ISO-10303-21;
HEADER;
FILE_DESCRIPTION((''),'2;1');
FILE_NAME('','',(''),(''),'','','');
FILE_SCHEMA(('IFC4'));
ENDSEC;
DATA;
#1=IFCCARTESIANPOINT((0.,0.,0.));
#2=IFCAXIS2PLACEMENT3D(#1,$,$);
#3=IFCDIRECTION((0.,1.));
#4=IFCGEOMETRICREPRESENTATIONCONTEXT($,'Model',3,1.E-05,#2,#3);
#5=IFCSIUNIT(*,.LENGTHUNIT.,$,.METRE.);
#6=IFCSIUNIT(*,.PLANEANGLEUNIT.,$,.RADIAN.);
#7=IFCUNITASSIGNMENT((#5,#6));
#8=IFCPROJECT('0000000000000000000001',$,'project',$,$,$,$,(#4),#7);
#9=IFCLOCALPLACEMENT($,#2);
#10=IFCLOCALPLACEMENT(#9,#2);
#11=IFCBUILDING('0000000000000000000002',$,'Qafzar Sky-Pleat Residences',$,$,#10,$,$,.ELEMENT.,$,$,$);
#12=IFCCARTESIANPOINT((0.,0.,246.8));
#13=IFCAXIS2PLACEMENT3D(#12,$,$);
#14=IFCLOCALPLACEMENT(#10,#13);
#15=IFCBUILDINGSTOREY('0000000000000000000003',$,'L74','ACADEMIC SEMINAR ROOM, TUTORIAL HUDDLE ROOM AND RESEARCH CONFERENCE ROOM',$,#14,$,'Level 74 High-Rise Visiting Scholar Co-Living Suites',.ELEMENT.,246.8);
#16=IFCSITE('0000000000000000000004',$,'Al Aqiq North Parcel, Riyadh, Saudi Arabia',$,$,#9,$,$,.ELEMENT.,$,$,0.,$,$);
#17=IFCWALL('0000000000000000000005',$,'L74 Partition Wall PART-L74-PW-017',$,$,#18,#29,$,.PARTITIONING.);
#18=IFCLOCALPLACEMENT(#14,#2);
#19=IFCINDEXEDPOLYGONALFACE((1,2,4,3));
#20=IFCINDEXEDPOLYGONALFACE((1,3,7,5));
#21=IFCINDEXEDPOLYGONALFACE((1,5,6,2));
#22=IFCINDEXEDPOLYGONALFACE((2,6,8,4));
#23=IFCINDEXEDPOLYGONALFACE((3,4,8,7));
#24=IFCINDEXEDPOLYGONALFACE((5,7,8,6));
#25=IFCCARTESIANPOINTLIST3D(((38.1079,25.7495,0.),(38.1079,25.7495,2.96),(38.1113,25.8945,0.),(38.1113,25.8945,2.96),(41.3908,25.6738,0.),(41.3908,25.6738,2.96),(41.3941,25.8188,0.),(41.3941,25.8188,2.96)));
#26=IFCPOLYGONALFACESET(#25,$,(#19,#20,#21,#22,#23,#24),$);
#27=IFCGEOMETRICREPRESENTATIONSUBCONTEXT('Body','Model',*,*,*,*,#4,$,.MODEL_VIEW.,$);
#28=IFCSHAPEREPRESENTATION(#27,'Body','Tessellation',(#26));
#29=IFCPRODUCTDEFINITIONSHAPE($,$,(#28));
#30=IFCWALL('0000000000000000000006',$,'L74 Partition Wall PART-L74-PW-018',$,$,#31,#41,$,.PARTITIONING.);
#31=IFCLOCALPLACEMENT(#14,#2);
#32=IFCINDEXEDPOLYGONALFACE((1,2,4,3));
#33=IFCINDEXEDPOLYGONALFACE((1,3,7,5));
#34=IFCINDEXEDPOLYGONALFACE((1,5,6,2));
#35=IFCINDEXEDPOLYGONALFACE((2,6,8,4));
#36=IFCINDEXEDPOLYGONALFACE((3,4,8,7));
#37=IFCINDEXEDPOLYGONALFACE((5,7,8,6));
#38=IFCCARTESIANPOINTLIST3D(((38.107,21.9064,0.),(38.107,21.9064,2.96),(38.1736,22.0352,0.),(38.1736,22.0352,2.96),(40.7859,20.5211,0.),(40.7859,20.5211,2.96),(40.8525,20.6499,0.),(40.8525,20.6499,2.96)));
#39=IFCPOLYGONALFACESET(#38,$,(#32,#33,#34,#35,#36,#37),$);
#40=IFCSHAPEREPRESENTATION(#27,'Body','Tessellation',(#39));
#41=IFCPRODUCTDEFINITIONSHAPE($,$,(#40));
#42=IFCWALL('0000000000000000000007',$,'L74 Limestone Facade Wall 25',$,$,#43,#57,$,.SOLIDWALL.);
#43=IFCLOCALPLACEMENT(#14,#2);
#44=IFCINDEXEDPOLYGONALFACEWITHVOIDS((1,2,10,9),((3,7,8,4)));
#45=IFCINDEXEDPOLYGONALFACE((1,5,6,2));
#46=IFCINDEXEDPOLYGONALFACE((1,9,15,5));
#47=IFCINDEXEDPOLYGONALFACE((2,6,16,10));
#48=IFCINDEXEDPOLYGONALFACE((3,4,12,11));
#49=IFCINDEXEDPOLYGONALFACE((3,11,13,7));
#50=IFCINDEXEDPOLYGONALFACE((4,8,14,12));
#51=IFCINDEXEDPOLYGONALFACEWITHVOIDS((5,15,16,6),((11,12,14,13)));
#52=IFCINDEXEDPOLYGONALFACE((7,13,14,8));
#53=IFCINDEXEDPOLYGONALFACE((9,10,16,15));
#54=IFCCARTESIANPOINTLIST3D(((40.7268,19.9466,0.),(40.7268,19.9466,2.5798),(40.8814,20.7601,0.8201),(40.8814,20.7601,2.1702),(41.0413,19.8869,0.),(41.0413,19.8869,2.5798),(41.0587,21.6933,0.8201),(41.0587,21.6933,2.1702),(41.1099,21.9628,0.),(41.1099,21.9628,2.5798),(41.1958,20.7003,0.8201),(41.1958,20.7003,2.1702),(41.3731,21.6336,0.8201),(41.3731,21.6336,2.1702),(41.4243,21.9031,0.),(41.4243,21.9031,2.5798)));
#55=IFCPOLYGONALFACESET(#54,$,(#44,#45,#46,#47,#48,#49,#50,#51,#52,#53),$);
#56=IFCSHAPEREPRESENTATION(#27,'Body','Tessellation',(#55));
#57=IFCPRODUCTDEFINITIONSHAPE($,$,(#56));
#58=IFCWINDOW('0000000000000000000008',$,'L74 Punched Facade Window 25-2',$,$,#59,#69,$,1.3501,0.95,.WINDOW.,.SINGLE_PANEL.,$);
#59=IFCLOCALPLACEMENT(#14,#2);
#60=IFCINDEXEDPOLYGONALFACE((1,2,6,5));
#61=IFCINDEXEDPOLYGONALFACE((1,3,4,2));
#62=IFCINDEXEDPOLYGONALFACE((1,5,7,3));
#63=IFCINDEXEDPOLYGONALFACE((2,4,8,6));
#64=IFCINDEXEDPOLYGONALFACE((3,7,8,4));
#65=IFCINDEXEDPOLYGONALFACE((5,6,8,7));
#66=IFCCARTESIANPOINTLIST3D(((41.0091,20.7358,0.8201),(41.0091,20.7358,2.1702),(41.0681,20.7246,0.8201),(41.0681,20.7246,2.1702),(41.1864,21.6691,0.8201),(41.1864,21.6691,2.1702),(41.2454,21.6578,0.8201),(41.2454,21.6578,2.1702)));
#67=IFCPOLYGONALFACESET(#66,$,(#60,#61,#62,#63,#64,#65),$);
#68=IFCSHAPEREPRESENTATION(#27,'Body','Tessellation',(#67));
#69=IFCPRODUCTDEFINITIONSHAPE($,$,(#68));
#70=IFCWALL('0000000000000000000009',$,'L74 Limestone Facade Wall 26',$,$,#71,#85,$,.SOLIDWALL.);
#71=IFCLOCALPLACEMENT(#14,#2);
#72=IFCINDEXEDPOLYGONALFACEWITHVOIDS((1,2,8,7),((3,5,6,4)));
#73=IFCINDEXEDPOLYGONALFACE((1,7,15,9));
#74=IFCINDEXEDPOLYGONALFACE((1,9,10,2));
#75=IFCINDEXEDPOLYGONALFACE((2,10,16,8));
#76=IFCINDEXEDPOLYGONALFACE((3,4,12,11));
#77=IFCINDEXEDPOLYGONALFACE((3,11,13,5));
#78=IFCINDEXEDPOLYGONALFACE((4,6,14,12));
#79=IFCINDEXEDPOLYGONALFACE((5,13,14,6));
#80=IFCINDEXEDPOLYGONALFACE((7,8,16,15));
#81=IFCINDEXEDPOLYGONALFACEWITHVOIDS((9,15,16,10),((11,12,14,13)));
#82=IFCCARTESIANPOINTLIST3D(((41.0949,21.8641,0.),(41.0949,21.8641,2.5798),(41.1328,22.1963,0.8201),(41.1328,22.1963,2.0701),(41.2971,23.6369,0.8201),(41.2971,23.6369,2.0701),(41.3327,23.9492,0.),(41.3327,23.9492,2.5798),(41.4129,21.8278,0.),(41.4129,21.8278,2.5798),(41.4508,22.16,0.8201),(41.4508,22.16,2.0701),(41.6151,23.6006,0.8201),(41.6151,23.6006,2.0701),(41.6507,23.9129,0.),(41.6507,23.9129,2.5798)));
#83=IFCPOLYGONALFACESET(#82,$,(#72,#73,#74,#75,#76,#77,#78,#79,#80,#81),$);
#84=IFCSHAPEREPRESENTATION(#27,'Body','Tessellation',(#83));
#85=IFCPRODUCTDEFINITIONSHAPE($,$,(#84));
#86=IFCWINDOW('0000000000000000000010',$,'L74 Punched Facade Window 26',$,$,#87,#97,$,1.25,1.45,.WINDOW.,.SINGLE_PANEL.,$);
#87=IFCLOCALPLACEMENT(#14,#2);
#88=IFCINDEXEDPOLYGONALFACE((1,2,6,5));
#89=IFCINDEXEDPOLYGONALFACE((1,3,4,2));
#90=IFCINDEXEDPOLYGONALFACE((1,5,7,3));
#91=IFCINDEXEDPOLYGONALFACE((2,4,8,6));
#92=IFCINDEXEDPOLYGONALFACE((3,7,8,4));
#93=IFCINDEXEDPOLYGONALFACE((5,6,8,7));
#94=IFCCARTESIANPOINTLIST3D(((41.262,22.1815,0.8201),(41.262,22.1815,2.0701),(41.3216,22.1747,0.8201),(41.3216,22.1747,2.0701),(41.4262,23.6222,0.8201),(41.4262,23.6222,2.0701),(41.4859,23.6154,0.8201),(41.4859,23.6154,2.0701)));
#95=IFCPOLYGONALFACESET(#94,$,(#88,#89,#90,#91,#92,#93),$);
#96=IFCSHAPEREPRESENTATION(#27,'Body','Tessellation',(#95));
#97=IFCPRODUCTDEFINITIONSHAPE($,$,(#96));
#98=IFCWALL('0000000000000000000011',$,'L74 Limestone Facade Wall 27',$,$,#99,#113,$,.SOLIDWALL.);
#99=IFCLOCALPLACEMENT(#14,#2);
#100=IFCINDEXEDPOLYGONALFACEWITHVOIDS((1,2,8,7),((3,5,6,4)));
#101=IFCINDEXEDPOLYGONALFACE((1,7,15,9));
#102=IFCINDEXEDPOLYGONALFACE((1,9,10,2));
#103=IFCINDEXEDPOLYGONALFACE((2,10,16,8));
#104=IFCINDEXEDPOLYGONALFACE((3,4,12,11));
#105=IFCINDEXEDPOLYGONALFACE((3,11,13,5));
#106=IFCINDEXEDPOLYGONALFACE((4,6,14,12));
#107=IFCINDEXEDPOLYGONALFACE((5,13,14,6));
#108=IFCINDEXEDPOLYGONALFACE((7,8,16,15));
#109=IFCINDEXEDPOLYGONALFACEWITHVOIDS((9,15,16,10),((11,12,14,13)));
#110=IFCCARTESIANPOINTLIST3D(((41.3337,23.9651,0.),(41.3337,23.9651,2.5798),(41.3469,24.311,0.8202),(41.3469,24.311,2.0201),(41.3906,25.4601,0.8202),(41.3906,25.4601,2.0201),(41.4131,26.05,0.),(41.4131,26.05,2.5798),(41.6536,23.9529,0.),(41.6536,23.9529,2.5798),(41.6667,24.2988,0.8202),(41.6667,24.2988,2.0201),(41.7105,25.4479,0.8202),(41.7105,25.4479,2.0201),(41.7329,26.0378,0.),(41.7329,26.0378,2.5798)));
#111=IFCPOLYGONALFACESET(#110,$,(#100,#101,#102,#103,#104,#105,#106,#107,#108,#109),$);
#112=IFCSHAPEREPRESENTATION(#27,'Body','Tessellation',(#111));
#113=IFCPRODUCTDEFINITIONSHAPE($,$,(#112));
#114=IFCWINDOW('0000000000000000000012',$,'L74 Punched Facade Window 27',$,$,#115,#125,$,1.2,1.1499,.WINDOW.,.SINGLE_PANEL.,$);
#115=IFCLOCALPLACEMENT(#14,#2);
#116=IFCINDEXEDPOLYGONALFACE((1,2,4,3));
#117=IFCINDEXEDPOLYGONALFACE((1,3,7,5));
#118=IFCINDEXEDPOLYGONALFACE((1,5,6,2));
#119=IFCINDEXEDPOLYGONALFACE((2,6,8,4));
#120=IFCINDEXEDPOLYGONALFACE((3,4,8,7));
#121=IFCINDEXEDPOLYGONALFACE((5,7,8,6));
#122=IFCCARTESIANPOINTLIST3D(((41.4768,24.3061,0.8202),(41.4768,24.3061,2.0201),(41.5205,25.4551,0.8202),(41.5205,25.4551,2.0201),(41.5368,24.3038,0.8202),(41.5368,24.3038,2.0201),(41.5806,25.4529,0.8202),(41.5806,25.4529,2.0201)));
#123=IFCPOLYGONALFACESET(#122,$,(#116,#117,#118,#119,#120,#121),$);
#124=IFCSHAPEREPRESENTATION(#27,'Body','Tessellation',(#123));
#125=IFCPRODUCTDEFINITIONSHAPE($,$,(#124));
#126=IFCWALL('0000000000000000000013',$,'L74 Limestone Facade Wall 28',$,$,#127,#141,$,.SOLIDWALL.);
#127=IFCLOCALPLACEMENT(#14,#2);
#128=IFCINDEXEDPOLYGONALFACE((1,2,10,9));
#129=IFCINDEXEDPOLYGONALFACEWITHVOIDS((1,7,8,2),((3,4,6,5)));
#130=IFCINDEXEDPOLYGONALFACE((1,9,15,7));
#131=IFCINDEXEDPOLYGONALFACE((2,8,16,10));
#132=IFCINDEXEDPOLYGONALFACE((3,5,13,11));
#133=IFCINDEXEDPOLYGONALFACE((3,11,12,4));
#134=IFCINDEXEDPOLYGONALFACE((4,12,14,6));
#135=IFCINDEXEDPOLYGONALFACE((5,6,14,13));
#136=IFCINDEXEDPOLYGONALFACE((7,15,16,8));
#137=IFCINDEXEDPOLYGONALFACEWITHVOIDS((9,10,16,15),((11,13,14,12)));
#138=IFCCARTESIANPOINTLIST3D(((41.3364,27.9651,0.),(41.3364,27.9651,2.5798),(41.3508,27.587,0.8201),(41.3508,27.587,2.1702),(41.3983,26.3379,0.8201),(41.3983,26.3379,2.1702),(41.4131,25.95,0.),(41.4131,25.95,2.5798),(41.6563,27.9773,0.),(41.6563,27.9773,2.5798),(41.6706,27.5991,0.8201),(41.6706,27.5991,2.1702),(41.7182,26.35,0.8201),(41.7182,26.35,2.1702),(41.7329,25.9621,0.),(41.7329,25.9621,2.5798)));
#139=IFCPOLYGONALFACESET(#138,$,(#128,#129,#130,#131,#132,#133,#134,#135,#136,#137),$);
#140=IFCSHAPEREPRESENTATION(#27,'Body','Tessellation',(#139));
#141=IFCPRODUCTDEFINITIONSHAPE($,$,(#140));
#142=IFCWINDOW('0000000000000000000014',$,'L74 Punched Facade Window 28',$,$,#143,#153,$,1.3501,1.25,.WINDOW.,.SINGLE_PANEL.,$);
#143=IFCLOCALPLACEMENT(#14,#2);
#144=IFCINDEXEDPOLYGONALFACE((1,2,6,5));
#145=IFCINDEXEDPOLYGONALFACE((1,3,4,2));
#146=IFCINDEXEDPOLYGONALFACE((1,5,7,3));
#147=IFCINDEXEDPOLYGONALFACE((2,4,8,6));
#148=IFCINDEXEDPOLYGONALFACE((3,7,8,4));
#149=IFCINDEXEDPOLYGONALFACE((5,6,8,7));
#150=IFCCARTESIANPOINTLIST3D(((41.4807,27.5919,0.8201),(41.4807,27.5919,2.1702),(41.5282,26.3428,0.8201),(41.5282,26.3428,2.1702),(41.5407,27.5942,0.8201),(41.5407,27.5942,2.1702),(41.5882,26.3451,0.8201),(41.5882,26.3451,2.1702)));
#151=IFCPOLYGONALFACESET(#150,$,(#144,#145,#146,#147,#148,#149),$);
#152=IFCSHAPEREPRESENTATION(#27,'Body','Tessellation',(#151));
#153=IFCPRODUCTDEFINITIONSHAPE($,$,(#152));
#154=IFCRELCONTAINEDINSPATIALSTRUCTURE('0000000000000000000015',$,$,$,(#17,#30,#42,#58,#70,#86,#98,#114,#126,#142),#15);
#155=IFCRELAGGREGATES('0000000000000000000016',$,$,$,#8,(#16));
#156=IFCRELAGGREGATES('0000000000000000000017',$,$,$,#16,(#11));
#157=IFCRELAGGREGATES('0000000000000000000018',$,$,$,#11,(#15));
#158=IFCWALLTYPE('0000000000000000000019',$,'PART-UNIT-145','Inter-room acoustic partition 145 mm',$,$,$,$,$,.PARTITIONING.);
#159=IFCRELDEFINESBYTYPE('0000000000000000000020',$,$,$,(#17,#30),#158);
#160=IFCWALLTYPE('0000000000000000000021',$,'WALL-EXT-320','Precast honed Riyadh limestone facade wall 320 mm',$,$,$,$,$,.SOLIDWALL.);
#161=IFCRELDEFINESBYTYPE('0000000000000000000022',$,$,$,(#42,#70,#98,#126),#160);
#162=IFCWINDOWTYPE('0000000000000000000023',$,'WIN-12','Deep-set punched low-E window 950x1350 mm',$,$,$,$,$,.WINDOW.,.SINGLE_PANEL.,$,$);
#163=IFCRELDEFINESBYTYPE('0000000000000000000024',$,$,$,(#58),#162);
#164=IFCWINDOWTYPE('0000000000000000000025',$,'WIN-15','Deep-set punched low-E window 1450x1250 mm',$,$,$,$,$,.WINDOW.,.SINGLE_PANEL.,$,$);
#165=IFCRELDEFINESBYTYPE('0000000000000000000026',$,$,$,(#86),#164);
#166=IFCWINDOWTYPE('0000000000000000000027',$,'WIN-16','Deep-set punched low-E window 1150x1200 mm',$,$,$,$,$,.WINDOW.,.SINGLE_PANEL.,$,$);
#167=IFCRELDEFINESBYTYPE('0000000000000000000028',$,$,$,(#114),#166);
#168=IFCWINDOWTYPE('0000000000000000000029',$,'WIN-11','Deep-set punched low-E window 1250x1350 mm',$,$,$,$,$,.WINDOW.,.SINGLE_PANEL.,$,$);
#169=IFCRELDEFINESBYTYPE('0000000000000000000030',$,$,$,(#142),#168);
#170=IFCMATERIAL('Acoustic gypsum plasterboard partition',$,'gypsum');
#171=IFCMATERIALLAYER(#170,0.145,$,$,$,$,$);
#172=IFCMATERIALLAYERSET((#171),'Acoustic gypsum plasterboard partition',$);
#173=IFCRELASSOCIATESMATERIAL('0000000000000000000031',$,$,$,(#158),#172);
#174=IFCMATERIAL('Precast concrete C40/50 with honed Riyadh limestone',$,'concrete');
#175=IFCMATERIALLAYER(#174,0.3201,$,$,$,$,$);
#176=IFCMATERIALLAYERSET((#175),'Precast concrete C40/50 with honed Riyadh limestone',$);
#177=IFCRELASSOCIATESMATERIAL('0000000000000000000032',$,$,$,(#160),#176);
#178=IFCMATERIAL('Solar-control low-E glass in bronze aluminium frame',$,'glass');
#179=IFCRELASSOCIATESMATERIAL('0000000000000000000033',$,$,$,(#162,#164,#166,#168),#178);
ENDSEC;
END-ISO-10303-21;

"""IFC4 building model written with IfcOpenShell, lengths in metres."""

from ifc_helpers import new_model, si_unit, direction, frame, frame_2d, origin, place, context, subcontext, project, spatial, rectangle, extrude, source, transform, mapped, material, layer, layer_set, type_object, element, fill, save


model = new_model("IFC4")

# Units and contexts
model_context = context("Model", 3, precision=1e-05, world=origin(), true_north=direction((0.0, 1.0)))
body_context = subcontext(model_context, "Body", "Model", "MODEL_VIEW")
ifc_project = project(units=[si_unit("LENGTHUNIT", "METRE"), si_unit("PLANEANGLEUNIT", "RADIAN")], contexts=[model_context])

# Site, building, storey
site_placement = place(None, origin())
site = spatial("IfcSite", under=ifc_project, at=site_placement, Name="Al Aqiq North Parcel, Riyadh, Saudi Arabia", CompositionType="ELEMENT", RefElevation=0.0)
building_placement = place(site_placement, origin())
building = spatial("IfcBuilding", under=site, at=building_placement, Name="Qafzar Sky-Pleat Residences", CompositionType="ELEMENT")
storey_placement = place(building_placement, frame((0.0, 0.0, 246.8)))
storey = spatial("IfcBuildingStorey", under=building, at=storey_placement, Name="L74", Description="ACADEMIC SEMINAR ROOM, TUTORIAL HUDDLE ROOM AND RESEARCH CONFERENCE ROOM", LongName="Level 74 High-Rise Visiting Scholar Co-Living Suites", CompositionType="ELEMENT", Elevation=246.8)

# Shared definitions
ifc_material_1 = material(Name="Acoustic gypsum plasterboard partition", Category="gypsum")

# Walls
ifc_layer_1 = layer(ifc_material_1, 0.145)
ifc_layer_set_1 = layer_set([ifc_layer_1], Name="Acoustic gypsum plasterboard partition")
wall_type_1 = type_object("IfcWallType", Name="PART-UNIT-145", Description="Inter-room acoustic partition 145 mm", PredefinedType="PARTITIONING", material=ifc_layer_set_1)
wall_1_placement = place(storey_placement, frame((38.1096, 25.822, 0.0), z_axis=(0.0, 0.0, 1.0), x_axis=(0.999734, -0.023049, 0.0)))
element("IfcWall", 1, at=wall_1_placement, inside=storey, type_object=wall_type_1, Name="L74 Partition Wall PART-L74-PW-017", PredefinedType="PARTITIONING", context=body_context, shape_type="SweptSolid", body=[
    extrude(rectangle(XDim=3.2837, YDim=0.145, at=frame_2d((1.6418, 0.0))), origin(), (0.0, 0.0, 1.0), 2.96),
])
wall_2_placement = place(storey_placement, frame((38.1404, 21.9707, 0.0), z_axis=(0.0, 0.0, 1.0), x_axis=(0.888273, -0.459315, 0.0)))
element("IfcWall", 2, at=wall_2_placement, inside=storey, type_object=wall_type_1, Name="L74 Partition Wall PART-L74-PW-018", PredefinedType="PARTITIONING", context=body_context, shape_type="SweptSolid", body=[
    extrude(rectangle(XDim=3.0159, YDim=0.145, at=frame_2d((1.5078, 0.0))), origin(), (0.0, 0.0, 1.0), 2.96),
])

# Walls, openings, windows
ifc_material_2 = material(Name="Precast concrete C40/50 with honed Riyadh limestone", Category="concrete")
ifc_layer_2 = layer(ifc_material_2, 0.3201)
ifc_layer_set_2 = layer_set([ifc_layer_2], Name="Precast concrete C40/50 with honed Riyadh limestone")
wall_type_2 = type_object("IfcWallType", Name="WALL-EXT-320", Description="Precast honed Riyadh limestone facade wall 320 mm", PredefinedType="SOLIDWALL", material=ifc_layer_set_2)
wall_3_placement = place(storey_placement, frame((40.884, 19.9167, 0.0), z_axis=(0.0, 0.0, 1.0), x_axis=(0.186658, 0.982425, 0.0)))
wall_3 = element("IfcWall", 3, at=wall_3_placement, inside=storey, type_object=wall_type_2, Name="L74 Limestone Facade Wall 25", PredefinedType="SOLIDWALL", context=body_context, shape_type="SweptSolid", body=[
    extrude(rectangle(XDim=2.0522, YDim=0.3201, at=frame_2d((1.0261, 0.0))), origin(), (0.0, 0.0, 1.0), 2.5798),
])
opening_1_placement = place(wall_3_placement, frame((0.8279, 0.0, 0.8201)))
opening_1 = element("IfcOpeningElement", 4, at=opening_1_placement, cuts=wall_3, PredefinedType="OPENING", context=body_context, shape_type="SweptSolid", body=[
    extrude(rectangle(XDim=0.95, YDim=1.3501, at=frame_2d((0.4751, 0.675))), frame((0.0, 0.1699, 0.0), z_axis=(0.0, -1.0, 0.0), x_axis=(1.0, 0.0, 0.0)), (0.0, 0.0, 1.0), 0.3401),
])
ifc_material_3 = material(Name="Solar-control low-E glass in bronze aluminium frame", Category="glass")
window_type_1 = type_object("IfcWindowType", Name="WIN-12", Description="Deep-set punched low-E window 950x1350 mm", PartitioningType="SINGLE_PANEL", PredefinedType="WINDOW", material=ifc_material_3)
shared_shape_1 = source(origin(), body_context, "Body", "SweptSolid", [
    extrude(rectangle(XDim=0.95, YDim=1.3501, at=frame_2d((0.4751, 0.675))), frame((0.0, 0.03, 0.0), z_axis=(0.0, -1.0, 0.0), x_axis=(1.0, 0.0, 0.0)), (0.0, 0.0, 1.0), 0.0601),
])
window_1_placement = place(opening_1_placement, origin())
window_1 = element("IfcWindow", 5, at=window_1_placement, inside=storey, type_object=window_type_1, Name="L74 Punched Facade Window 25-2", OverallHeight=1.3501, OverallWidth=0.95, PartitioningType="SINGLE_PANEL", PredefinedType="WINDOW", context=body_context, shape_type="MappedRepresentation", body=[
    mapped(shared_shape_1, transform((0.0, 0.0, 0.0), x_axis=(1.0, 0.0, 0.0), y_axis=(0.0, 1.0, 0.0), z_axis=(0.0, 0.0, 1.0), scale=1.0)),
])
fill(opening_1, window_1)
wall_4_placement = place(storey_placement, frame((41.2539, 21.8459, 0.0), z_axis=(0.0, 0.0, 1.0), x_axis=(0.113304, 0.99356, 0.0)))
wall_4 = element("IfcWall", 6, at=wall_4_placement, inside=storey, type_object=wall_type_2, Name="L74 Limestone Facade Wall 26", PredefinedType="SOLIDWALL", context=body_context, shape_type="SweptSolid", body=[
    extrude(rectangle(XDim=2.0986, YDim=0.3201, at=frame_2d((1.0493, 0.0))), origin(), (0.0, 0.0, 1.0), 2.5798),
])
opening_2_placement = place(wall_4_placement, frame((0.3342, 0.0, 0.8201)))
opening_2 = element("IfcOpeningElement", 7, at=opening_2_placement, cuts=wall_4, PredefinedType="OPENING", context=body_context, shape_type="SweptSolid", body=[
    extrude(rectangle(XDim=1.45, YDim=1.25, at=frame_2d((0.7251, 0.625))), frame((0.0, 0.1699, 0.0), z_axis=(0.0, -1.0, 0.0), x_axis=(1.0, 0.0, 0.0)), (0.0, 0.0, 1.0), 0.3401),
])
window_type_2 = type_object("IfcWindowType", Name="WIN-15", Description="Deep-set punched low-E window 1450x1250 mm", PartitioningType="SINGLE_PANEL", PredefinedType="WINDOW", material=ifc_material_3)
shared_shape_2 = source(origin(), body_context, "Body", "SweptSolid", [
    extrude(rectangle(XDim=1.45, YDim=1.25, at=frame_2d((0.7251, 0.625))), frame((0.0, 0.03, 0.0), z_axis=(0.0, -1.0, 0.0), x_axis=(1.0, 0.0, 0.0)), (0.0, 0.0, 1.0), 0.0601),
])
window_2_placement = place(opening_2_placement, origin())
window_2 = element("IfcWindow", 8, at=window_2_placement, inside=storey, type_object=window_type_2, Name="L74 Punched Facade Window 26", OverallHeight=1.25, OverallWidth=1.45, PartitioningType="SINGLE_PANEL", PredefinedType="WINDOW", context=body_context, shape_type="MappedRepresentation", body=[
    mapped(shared_shape_2, transform((0.0, 0.0, 0.0), x_axis=(1.0, 0.0, 0.0), y_axis=(0.0, 1.0, 0.0), z_axis=(0.0, 0.0, 1.0), scale=1.0)),
])
fill(opening_2, window_2)
wall_5_placement = place(storey_placement, frame((41.4937, 23.959, 0.0), z_axis=(0.0, 0.0, 1.0), x_axis=(0.038029, 0.999277, 0.0)))
wall_5 = element("IfcWall", 9, at=wall_5_placement, inside=storey, type_object=wall_type_2, Name="L74 Limestone Facade Wall 27", PredefinedType="SOLIDWALL", context=body_context, shape_type="SweptSolid", body=[
    extrude(rectangle(XDim=2.0864, YDim=0.3201, at=frame_2d((1.0432, 0.0))), origin(), (0.0, 0.0, 1.0), 2.5798),
])
opening_3_placement = place(wall_5_placement, frame((0.3462, 0.0, 0.8201)))
opening_3 = element("IfcOpeningElement", 10, at=opening_3_placement, cuts=wall_5, PredefinedType="OPENING", context=body_context, shape_type="SweptSolid", body=[
    extrude(rectangle(XDim=1.1499, YDim=1.2, at=frame_2d((0.575, 0.6001))), frame((0.0, 0.1699, 0.0), z_axis=(0.0, -1.0, 0.0), x_axis=(1.0, 0.0, 0.0)), (0.0, 0.0, 1.0), 0.3401),
])
window_type_3 = type_object("IfcWindowType", Name="WIN-16", Description="Deep-set punched low-E window 1150x1200 mm", PartitioningType="SINGLE_PANEL", PredefinedType="WINDOW", material=ifc_material_3)
shared_shape_3 = source(origin(), body_context, "Body", "SweptSolid", [
    extrude(rectangle(XDim=1.1499, YDim=1.2, at=frame_2d((0.575, 0.6001))), frame((0.0, 0.03, 0.0), z_axis=(0.0, -1.0, 0.0), x_axis=(1.0, 0.0, 0.0)), (0.0, 0.0, 1.0), 0.0601),
])
window_3_placement = place(opening_3_placement, origin())
window_3 = element("IfcWindow", 11, at=window_3_placement, inside=storey, type_object=window_type_3, Name="L74 Punched Facade Window 27", OverallHeight=1.2, OverallWidth=1.1499, PartitioningType="SINGLE_PANEL", PredefinedType="WINDOW", context=body_context, shape_type="MappedRepresentation", body=[
    mapped(shared_shape_3, transform((0.0, 0.0, 0.0), x_axis=(1.0, 0.0, 0.0), y_axis=(0.0, 1.0, 0.0), z_axis=(0.0, 0.0, 1.0), scale=1.0)),
])
fill(opening_3, window_3)
wall_6_placement = place(storey_placement, frame((41.573, 25.9561, 0.0), z_axis=(0.0, 0.0, 1.0), x_axis=(-0.038015, 0.999277, 0.0)))
wall_6 = element("IfcWall", 12, at=wall_6_placement, inside=storey, type_object=wall_type_2, Name="L74 Limestone Facade Wall 28", PredefinedType="SOLIDWALL", context=body_context, shape_type="SweptSolid", body=[
    extrude(rectangle(XDim=2.0166, YDim=0.3201, at=frame_2d((1.0083, 0.0))), origin(), (0.0, 0.0, 1.0), 2.5798),
])
opening_4_placement = place(wall_6_placement, frame((0.3882, 0.0, 0.8201)))
opening_4 = element("IfcOpeningElement", 13, at=opening_4_placement, cuts=wall_6, PredefinedType="OPENING", context=body_context, shape_type="SweptSolid", body=[
    extrude(rectangle(XDim=1.25, YDim=1.3501, at=frame_2d((0.625, 0.675))), frame((0.0, 0.1699, 0.0), z_axis=(0.0, -1.0, 0.0), x_axis=(1.0, 0.0, 0.0)), (0.0, 0.0, 1.0), 0.3401),
])
window_type_4 = type_object("IfcWindowType", Name="WIN-11", Description="Deep-set punched low-E window 1250x1350 mm", PartitioningType="SINGLE_PANEL", PredefinedType="WINDOW", material=ifc_material_3)
shared_shape_4 = source(origin(), body_context, "Body", "SweptSolid", [
    extrude(rectangle(XDim=1.25, YDim=1.3501, at=frame_2d((0.625, 0.675))), frame((0.0, 0.03, 0.0), z_axis=(0.0, -1.0, 0.0), x_axis=(1.0, 0.0, 0.0)), (0.0, 0.0, 1.0), 0.0601),
])
window_4_placement = place(opening_4_placement, origin())
window_4 = element("IfcWindow", 14, at=window_4_placement, inside=storey, type_object=window_type_4, Name="L74 Punched Facade Window 28", OverallHeight=1.3501, OverallWidth=1.25, PartitioningType="SINGLE_PANEL", PredefinedType="WINDOW", context=body_context, shape_type="MappedRepresentation", body=[
    mapped(shared_shape_4, transform((0.0, 0.0, 0.0), x_axis=(1.0, 0.0, 0.0), y_axis=(0.0, 1.0, 0.0), z_axis=(0.0, 0.0, 1.0), scale=1.0)),
])
fill(opening_4, window_4)

save(model, "model.ifc")
